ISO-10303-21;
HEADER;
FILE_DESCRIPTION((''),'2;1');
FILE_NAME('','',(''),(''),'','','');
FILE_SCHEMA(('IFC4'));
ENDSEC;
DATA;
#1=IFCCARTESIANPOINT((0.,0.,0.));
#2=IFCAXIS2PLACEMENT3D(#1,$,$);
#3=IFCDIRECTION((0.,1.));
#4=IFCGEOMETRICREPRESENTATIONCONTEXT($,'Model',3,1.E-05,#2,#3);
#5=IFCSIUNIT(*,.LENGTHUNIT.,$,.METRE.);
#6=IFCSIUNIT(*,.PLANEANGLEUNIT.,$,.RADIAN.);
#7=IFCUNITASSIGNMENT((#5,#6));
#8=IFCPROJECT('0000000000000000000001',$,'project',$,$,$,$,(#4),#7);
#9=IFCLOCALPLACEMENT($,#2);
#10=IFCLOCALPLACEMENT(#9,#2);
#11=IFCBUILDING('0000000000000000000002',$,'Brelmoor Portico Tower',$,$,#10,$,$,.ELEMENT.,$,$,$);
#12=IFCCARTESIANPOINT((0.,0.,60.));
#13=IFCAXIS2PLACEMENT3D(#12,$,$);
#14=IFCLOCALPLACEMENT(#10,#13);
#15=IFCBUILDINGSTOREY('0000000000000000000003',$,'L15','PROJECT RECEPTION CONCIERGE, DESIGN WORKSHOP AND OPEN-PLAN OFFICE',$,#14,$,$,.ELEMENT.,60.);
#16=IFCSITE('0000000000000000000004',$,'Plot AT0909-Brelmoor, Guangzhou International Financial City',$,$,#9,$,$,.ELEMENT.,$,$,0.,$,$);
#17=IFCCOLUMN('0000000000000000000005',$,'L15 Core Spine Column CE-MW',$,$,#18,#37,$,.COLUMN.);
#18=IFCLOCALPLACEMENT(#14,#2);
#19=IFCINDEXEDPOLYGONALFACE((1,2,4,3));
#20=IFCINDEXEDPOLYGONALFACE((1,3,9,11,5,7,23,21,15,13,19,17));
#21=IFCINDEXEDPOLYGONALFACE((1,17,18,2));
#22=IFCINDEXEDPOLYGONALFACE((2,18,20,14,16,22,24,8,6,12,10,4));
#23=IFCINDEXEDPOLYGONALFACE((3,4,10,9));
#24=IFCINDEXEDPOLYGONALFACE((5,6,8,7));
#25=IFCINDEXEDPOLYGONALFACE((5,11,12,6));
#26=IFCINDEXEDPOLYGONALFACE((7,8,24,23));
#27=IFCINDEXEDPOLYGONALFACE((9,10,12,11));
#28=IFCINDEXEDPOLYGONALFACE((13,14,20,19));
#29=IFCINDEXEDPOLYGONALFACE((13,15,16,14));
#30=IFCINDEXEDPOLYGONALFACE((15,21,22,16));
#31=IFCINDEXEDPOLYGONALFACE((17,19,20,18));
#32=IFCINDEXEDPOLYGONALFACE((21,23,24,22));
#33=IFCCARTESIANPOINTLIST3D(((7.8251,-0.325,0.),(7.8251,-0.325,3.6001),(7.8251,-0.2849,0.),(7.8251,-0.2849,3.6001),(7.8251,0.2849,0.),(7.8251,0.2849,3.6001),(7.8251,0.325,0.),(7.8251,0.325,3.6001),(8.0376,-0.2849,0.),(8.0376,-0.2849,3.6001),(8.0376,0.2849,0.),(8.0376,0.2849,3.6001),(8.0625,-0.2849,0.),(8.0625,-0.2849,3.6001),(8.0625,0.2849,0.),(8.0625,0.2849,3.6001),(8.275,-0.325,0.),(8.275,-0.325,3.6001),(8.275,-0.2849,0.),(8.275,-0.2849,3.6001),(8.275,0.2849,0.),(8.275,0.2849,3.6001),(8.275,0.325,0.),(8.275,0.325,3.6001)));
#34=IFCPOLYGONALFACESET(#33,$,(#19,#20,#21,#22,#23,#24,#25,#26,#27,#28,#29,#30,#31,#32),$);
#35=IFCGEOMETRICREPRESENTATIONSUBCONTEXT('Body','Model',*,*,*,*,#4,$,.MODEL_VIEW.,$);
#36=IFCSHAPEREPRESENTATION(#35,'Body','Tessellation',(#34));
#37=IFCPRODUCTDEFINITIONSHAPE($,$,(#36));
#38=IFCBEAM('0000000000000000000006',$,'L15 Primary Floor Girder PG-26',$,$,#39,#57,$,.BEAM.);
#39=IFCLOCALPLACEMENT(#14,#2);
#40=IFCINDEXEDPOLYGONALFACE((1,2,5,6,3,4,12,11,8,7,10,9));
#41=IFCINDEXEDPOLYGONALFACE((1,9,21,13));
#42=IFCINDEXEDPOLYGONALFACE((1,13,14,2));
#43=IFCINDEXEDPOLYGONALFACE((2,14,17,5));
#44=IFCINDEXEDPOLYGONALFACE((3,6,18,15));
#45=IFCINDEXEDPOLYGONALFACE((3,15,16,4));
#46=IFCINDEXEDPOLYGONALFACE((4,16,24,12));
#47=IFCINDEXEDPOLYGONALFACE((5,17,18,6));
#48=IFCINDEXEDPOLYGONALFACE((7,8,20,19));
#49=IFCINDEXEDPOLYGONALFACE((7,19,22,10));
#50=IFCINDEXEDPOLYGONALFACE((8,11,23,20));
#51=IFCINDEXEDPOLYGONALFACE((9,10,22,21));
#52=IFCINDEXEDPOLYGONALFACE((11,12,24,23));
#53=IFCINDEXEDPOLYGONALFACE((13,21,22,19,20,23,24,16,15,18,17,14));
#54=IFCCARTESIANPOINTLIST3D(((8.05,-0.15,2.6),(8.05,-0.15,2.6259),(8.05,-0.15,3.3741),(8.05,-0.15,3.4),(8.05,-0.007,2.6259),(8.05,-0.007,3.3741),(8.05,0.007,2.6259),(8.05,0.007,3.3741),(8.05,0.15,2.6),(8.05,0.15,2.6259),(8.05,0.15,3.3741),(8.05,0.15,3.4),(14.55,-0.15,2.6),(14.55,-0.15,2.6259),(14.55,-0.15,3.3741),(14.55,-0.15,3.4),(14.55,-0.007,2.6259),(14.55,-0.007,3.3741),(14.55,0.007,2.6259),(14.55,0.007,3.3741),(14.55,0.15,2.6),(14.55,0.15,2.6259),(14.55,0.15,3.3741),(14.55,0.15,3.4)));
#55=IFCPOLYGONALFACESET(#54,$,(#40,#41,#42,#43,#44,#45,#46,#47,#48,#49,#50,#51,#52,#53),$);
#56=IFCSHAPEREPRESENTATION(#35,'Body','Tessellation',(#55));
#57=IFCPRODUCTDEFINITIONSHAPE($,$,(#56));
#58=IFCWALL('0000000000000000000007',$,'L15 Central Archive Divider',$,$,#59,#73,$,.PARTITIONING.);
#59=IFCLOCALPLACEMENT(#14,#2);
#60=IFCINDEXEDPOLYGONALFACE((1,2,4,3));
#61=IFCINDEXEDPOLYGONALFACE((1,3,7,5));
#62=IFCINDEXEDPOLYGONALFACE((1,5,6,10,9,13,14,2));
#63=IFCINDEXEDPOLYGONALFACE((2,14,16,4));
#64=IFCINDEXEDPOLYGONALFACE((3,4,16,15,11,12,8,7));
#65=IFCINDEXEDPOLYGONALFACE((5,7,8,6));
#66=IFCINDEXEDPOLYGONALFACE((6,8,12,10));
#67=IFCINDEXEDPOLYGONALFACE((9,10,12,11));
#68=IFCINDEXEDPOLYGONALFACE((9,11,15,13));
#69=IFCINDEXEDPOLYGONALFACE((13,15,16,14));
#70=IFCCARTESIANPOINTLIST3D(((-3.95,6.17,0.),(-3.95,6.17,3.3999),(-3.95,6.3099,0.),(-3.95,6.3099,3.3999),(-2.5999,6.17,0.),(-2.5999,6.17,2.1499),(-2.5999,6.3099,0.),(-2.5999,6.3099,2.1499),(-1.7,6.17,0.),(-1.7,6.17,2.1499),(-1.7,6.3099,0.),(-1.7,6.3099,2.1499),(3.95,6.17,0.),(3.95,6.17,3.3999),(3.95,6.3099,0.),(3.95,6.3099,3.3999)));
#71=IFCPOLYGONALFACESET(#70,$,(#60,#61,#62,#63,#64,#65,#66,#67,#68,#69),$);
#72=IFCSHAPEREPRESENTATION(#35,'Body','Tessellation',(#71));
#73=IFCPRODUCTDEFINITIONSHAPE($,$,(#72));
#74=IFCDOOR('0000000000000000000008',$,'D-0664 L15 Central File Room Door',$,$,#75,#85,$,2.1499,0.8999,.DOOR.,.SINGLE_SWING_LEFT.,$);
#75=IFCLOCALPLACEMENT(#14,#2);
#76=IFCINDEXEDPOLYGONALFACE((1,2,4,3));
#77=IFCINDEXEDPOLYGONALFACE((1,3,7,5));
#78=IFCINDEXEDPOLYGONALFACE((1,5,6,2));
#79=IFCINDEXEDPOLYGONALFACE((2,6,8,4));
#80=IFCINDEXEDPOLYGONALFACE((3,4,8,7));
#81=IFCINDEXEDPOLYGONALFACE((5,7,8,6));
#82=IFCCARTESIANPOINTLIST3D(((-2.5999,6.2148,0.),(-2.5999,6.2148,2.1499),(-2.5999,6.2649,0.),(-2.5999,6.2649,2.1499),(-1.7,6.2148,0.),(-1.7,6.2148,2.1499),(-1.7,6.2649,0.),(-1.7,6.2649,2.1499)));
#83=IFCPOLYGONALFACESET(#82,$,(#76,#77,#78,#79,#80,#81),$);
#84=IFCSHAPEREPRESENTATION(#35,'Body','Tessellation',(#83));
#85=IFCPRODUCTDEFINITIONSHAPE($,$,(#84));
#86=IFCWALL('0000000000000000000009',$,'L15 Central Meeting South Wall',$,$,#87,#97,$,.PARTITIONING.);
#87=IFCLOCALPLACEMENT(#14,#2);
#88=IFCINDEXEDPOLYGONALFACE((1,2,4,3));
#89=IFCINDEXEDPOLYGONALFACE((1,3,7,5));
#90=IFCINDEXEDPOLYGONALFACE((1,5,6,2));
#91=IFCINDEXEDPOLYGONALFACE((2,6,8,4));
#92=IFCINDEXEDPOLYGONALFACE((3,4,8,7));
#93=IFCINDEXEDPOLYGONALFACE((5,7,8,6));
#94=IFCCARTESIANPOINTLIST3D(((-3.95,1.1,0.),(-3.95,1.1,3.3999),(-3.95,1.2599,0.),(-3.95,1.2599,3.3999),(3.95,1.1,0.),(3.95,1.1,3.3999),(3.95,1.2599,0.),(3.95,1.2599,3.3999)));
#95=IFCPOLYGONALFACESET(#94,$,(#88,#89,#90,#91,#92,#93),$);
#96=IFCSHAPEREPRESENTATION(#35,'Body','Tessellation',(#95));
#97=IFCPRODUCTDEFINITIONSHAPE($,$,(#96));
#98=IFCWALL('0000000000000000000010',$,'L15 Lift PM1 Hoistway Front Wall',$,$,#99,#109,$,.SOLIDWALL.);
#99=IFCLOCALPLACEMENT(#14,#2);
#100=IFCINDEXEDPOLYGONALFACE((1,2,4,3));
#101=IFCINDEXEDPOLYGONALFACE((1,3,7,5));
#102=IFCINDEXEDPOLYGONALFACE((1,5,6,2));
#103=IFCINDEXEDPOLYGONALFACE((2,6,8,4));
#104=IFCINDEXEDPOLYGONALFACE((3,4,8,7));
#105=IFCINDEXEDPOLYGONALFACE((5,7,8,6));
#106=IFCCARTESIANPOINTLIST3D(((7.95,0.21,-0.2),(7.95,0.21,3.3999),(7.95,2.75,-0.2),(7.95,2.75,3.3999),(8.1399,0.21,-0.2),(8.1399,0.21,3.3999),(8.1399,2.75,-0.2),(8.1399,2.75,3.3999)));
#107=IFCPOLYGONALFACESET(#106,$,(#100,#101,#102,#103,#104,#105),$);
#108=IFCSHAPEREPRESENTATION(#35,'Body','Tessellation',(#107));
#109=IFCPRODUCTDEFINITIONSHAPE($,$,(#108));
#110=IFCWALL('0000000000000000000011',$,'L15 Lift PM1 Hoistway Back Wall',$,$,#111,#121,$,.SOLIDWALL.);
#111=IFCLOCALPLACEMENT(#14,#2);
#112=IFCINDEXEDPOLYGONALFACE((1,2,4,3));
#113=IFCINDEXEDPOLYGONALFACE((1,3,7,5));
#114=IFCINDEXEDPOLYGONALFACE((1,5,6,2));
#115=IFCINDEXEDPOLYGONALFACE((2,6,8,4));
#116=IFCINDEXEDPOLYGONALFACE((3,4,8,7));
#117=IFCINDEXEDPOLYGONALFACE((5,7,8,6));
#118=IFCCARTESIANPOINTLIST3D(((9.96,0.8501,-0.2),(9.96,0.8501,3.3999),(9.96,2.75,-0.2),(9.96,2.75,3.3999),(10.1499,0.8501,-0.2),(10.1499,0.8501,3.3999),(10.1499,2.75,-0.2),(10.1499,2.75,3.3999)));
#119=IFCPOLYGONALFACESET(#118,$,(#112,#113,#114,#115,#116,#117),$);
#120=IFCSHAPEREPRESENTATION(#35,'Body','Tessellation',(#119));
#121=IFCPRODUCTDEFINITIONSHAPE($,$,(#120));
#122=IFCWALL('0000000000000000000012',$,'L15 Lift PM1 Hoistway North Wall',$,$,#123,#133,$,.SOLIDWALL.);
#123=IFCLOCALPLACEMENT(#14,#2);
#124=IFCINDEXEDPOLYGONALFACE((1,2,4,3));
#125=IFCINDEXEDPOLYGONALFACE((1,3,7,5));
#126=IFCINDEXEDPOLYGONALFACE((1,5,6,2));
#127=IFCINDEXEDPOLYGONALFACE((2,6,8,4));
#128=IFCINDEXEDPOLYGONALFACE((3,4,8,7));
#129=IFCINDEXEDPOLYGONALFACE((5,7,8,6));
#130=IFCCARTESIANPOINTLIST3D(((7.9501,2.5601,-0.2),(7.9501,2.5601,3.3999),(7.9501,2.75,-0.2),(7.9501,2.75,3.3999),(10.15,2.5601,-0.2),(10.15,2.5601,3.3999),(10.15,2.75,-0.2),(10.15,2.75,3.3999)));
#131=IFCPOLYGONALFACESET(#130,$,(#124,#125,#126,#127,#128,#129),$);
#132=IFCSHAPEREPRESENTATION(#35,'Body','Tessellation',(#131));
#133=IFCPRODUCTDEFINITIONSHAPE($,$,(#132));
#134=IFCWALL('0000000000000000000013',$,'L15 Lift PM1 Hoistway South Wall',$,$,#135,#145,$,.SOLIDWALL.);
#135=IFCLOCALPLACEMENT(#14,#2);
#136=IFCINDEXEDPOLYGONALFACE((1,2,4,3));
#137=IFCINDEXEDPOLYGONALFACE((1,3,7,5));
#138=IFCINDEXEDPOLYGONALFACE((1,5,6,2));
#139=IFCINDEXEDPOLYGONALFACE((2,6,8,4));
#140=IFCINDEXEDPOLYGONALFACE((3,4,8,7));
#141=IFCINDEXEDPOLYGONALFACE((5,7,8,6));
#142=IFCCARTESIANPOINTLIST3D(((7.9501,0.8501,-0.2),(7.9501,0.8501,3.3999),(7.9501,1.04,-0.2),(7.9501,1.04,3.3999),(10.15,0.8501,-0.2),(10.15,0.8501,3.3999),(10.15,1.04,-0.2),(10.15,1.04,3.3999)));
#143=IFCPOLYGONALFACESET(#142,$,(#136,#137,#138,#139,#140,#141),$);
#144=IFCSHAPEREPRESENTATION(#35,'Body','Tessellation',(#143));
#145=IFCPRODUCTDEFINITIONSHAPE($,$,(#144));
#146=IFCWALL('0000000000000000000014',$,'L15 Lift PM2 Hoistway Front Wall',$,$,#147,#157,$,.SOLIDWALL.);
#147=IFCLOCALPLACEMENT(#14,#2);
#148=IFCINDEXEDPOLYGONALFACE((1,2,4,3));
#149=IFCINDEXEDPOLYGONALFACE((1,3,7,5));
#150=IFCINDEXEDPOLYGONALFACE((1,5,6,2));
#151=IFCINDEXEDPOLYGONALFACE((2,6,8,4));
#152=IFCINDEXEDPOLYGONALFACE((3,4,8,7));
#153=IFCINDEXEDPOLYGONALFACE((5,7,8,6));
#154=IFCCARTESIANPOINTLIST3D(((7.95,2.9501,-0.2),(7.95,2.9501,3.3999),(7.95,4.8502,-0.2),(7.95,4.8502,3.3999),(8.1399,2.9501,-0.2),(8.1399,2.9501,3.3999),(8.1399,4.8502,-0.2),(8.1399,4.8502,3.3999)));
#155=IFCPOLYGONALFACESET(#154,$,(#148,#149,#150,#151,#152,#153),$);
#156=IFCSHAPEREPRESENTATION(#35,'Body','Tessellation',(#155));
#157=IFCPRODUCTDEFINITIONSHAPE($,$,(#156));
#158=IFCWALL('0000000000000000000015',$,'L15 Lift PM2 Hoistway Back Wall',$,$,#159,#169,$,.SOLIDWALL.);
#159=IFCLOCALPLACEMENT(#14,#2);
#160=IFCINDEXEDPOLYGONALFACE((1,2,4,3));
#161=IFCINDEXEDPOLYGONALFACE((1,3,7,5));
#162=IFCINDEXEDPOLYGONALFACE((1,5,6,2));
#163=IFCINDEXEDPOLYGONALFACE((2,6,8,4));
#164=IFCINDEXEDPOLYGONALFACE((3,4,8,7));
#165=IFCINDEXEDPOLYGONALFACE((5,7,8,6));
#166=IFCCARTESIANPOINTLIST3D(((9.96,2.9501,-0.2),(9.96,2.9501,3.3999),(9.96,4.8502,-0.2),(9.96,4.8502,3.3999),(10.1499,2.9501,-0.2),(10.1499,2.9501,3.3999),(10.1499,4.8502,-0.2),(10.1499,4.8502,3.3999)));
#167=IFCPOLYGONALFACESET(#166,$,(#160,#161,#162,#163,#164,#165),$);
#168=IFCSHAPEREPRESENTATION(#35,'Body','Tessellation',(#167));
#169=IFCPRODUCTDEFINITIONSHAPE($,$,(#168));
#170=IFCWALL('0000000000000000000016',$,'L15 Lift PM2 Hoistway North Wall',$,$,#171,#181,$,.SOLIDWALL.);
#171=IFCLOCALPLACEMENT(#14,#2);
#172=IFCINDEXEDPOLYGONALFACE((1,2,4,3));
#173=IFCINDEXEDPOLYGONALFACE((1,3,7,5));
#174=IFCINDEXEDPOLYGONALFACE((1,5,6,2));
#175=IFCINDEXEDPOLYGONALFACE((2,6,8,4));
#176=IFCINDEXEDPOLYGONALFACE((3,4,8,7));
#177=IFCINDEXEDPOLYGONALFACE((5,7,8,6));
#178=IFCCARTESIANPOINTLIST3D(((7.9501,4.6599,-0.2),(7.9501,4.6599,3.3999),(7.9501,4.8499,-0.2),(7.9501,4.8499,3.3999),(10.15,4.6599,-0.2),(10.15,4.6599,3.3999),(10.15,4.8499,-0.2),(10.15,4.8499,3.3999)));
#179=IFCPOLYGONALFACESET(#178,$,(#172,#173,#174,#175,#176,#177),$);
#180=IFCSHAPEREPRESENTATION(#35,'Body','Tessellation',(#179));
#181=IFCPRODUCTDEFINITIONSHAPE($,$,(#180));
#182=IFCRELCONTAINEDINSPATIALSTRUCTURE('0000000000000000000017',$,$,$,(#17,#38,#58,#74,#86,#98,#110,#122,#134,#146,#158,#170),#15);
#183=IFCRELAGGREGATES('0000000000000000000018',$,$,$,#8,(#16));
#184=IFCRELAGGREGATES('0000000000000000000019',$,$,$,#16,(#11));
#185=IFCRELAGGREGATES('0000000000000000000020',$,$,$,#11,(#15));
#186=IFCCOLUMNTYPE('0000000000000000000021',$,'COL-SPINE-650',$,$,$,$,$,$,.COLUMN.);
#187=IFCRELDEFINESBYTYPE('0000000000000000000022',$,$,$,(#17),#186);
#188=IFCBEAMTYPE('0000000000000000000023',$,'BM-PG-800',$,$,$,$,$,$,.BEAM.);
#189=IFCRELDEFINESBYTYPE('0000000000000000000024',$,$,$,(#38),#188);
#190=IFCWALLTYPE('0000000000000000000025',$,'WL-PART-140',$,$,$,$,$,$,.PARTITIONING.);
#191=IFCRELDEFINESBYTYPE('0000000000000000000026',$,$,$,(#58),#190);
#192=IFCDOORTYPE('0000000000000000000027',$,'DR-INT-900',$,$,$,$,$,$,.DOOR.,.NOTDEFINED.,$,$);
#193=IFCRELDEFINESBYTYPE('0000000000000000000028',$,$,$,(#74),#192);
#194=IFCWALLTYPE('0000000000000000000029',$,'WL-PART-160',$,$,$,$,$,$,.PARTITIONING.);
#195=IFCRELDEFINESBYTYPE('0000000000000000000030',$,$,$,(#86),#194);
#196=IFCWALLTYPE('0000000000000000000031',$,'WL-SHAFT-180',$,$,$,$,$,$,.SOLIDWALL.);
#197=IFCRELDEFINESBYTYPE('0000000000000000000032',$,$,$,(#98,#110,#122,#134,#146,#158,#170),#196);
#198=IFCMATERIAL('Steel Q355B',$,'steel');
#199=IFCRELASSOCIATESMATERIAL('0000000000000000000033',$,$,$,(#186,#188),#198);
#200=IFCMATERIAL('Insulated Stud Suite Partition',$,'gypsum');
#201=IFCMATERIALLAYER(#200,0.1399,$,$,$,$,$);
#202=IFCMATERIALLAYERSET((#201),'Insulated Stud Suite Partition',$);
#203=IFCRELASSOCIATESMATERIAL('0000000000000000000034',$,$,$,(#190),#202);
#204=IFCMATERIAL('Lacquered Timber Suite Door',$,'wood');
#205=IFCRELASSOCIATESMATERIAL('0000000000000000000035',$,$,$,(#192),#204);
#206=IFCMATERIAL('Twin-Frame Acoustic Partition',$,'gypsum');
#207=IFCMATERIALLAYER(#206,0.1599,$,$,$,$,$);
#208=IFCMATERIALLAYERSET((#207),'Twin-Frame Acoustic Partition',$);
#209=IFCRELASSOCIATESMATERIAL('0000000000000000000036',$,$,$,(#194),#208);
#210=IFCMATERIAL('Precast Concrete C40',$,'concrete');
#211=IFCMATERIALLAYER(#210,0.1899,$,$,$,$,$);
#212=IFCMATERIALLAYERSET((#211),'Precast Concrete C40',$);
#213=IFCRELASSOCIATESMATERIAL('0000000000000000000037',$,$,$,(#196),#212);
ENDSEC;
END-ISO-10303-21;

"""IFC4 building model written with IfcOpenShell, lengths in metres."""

from ifc_helpers import new_model, si_unit, direction, frame, frame_2d, origin, origin_2d, place, context, subcontext, project, spatial, rectangle, i_section, extrude, material, layer, layer_set, material_profile, profile_set, type_object, element, fill, save


model = new_model("IFC4")

# Units and contexts
model_context = context("Model", 3, precision=1e-05, world=origin(), true_north=direction((0.0, 1.0)))
body_context = subcontext(model_context, "Body", "Model", "MODEL_VIEW")
ifc_project = project(units=[si_unit("LENGTHUNIT", "METRE"), si_unit("PLANEANGLEUNIT", "RADIAN")], contexts=[model_context])

# Site, building, storey
site_placement = place(None, origin())
site = spatial("IfcSite", under=ifc_project, at=site_placement, Name="Plot AT0909-Brelmoor, Guangzhou International Financial City", CompositionType="ELEMENT", RefElevation=0.0)
building_placement = place(site_placement, origin())
building = spatial("IfcBuilding", under=site, at=building_placement, Name="Brelmoor Portico Tower", CompositionType="ELEMENT")
storey_placement = place(building_placement, frame((0.0, 0.0, 60.0)))
storey = spatial("IfcBuildingStorey", under=building, at=storey_placement, Name="L15", Description="PROJECT RECEPTION CONCIERGE, DESIGN WORKSHOP AND OPEN-PLAN OFFICE", CompositionType="ELEMENT", Elevation=60.0)

# Column
ifc_material_1 = material(Name="Steel Q355B", Category="steel")
ifc_material_profile_1 = material_profile(ifc_material_1, i_section(OverallWidth=0.45, OverallDepth=0.6499, WebThickness=0.0249, FlangeThickness=0.04, at=origin_2d()), Name="HW 650x450x25x40")
ifc_profile_set_1 = profile_set([ifc_material_profile_1], Name="Steel Q355B")
column_type = type_object("IfcColumnType", Name="COL-SPINE-650", PredefinedType="COLUMN", material=ifc_profile_set_1)
column_placement = place(storey_placement, frame((8.05, 0.0, 0.0), z_axis=(0.0, 0.0, 1.0), x_axis=(1.0, 0.0, 0.0)))
element("IfcColumn", 1, at=column_placement, inside=storey, type_object=column_type, Name="L15 Core Spine Column CE-MW", PredefinedType="COLUMN", context=body_context, shape_type="SweptSolid", body=[
    extrude(i_section(OverallWidth=0.45, OverallDepth=0.6499, WebThickness=0.0249, FlangeThickness=0.04, at=origin_2d()), origin(), (0.0, 0.0, 1.0), 3.6001),
])

# Beam
ifc_material_profile_2 = material_profile(ifc_material_1, i_section(OverallWidth=0.3, OverallDepth=0.8, WebThickness=0.0139, FlangeThickness=0.0259, at=origin_2d()), Name="HN 800x300x14x26")
ifc_profile_set_2 = profile_set([ifc_material_profile_2], Name="Steel Q355B")
beam_type = type_object("IfcBeamType", Name="BM-PG-800", PredefinedType="BEAM", material=ifc_profile_set_2)
beam_placement = place(storey_placement, frame((8.05, 0.0, 3.0), z_axis=(1.0, 0.0, 0.0), x_axis=(0.0, 1.0, 0.0)))
element("IfcBeam", 2, at=beam_placement, inside=storey, type_object=beam_type, Name="L15 Primary Floor Girder PG-26", PredefinedType="BEAM", context=body_context, shape_type="SweptSolid", body=[
    extrude(i_section(OverallWidth=0.3, OverallDepth=0.8, WebThickness=0.0139, FlangeThickness=0.0259, at=origin_2d()), origin(), (0.0, 0.0, 1.0), 6.5),
])

# Wall, opening, door
ifc_material_2 = material(Name="Insulated Stud Suite Partition", Category="gypsum")
ifc_layer_1 = layer(ifc_material_2, 0.1399)
ifc_layer_set_1 = layer_set([ifc_layer_1], Name="Insulated Stud Suite Partition")
wall_type_1 = type_object("IfcWallType", Name="WL-PART-140", PredefinedType="PARTITIONING", material=ifc_layer_set_1)
wall_1_placement = place(storey_placement, frame((-3.95, 6.24, 0.0), z_axis=(0.0, 0.0, 1.0), x_axis=(1.0, 0.0, 0.0)))
wall_1 = element("IfcWall", 3, at=wall_1_placement, inside=storey, type_object=wall_type_1, Name="L15 Central Archive Divider", PredefinedType="PARTITIONING", context=body_context, shape_type="SweptSolid", body=[
    extrude(rectangle(XDim=7.8999, YDim=0.1399, at=frame_2d((3.95, 0.0))), origin(), (0.0, 0.0, 1.0), 3.3999),
])
opening_1_placement = place(wall_1_placement, frame((1.3501, 0.0, 0.0)))
opening_1 = element("IfcOpeningElement", 4, at=opening_1_placement, cuts=wall_1, PredefinedType="OPENING", context=body_context, shape_type="SweptSolid", body=[
    extrude(rectangle(XDim=0.8999, YDim=2.1499, at=frame_2d((0.45, 1.075))), frame((0.0, 0.0798, 0.0), z_axis=(0.0, -1.0, 0.0), x_axis=(1.0, 0.0, 0.0)), (0.0, 0.0, 1.0), 0.1599),
])
ifc_material_3 = material(Name="Lacquered Timber Suite Door", Category="wood")
door_type_1 = type_object("IfcDoorType", Name="DR-INT-900", OperationType="NOTDEFINED", PredefinedType="DOOR", material=ifc_material_3)
door_1_placement = place(opening_1_placement, origin())
door_1 = element("IfcDoor", 5, at=door_1_placement, inside=storey, type_object=door_type_1, Name="D-0664 L15 Central File Room Door", OperationType="SINGLE_SWING_LEFT", OverallHeight=2.1499, OverallWidth=0.8999, PredefinedType="DOOR", context=body_context, shape_type="SweptSolid", body=[
    extrude(rectangle(XDim=0.8999, YDim=2.1499, at=frame_2d((0.45, 1.075))), frame((0.0, 0.0249, 0.0), z_axis=(0.0, -1.0, 0.0), x_axis=(1.0, 0.0, 0.0)), (0.0, 0.0, 1.0), 0.05),
])
fill(opening_1, door_1)

# Walls
ifc_material_4 = material(Name="Twin-Frame Acoustic Partition", Category="gypsum")
ifc_layer_2 = layer(ifc_material_4, 0.1599)
ifc_layer_set_2 = layer_set([ifc_layer_2], Name="Twin-Frame Acoustic Partition")
wall_type_2 = type_object("IfcWallType", Name="WL-PART-160", PredefinedType="PARTITIONING", material=ifc_layer_set_2)
wall_2_placement = place(storey_placement, frame((-3.95, 1.1799, 0.0), z_axis=(0.0, 0.0, 1.0), x_axis=(1.0, 0.0, 0.0)))
element("IfcWall", 6, at=wall_2_placement, inside=storey, type_object=wall_type_2, Name="L15 Central Meeting South Wall", PredefinedType="PARTITIONING", context=body_context, shape_type="SweptSolid", body=[
    extrude(rectangle(XDim=7.8999, YDim=0.1599, at=frame_2d((3.95, 0.0))), origin(), (0.0, 0.0, 1.0), 3.3999),
])
ifc_material_5 = material(Name="Precast Concrete C40", Category="concrete")
ifc_layer_3 = layer(ifc_material_5, 0.1899)
ifc_layer_set_3 = layer_set([ifc_layer_3], Name="Precast Concrete C40")
wall_type_3 = type_object("IfcWallType", Name="WL-SHAFT-180", PredefinedType="SOLIDWALL", material=ifc_layer_set_3)
wall_3_placement = place(storey_placement, frame((8.0449, 0.21, -0.2), z_axis=(0.0, 0.0, 1.0), x_axis=(0.0, 1.0, 0.0)))
element("IfcWall", 7, at=wall_3_placement, inside=storey, type_object=wall_type_3, Name="L15 Lift PM1 Hoistway Front Wall", PredefinedType="SOLIDWALL", context=body_context, shape_type="SweptSolid", body=[
    extrude(rectangle(XDim=2.54, YDim=0.1899, at=frame_2d((1.27, 0.0))), origin(), (0.0, 0.0, 1.0), 3.5999),
])
wall_4_placement = place(storey_placement, frame((10.0549, 0.8501, -0.2), z_axis=(0.0, 0.0, 1.0), x_axis=(0.0, 1.0, 0.0)))
element("IfcWall", 8, at=wall_4_placement, inside=storey, type_object=wall_type_3, Name="L15 Lift PM1 Hoistway Back Wall", PredefinedType="SOLIDWALL", context=body_context, shape_type="SweptSolid", body=[
    extrude(rectangle(XDim=1.8999, YDim=0.1899, at=frame_2d((0.95, 0.0))), origin(), (0.0, 0.0, 1.0), 3.5999),
])
for number, where, z_axis, x_axis, name in (
    (9, (7.95, 2.655, -0.2), (0.0, 0.0, 1.0), (1.0, 0.0, 0.0), "L15 Lift PM1 Hoistway North Wall"),
    (10, (7.95, 0.9451, -0.2), (0.0, 0.0, 1.0), (1.0, 0.0, 0.0), "L15 Lift PM1 Hoistway South Wall"),
):
    element("IfcWall", number, at=place(storey_placement, frame(where, z_axis=z_axis, x_axis=x_axis)), inside=storey, type_object=wall_type_3, Name=name, PredefinedType="SOLIDWALL", context=body_context, shape_type="SweptSolid", body=[
        extrude(rectangle(XDim=2.2, YDim=0.1899, at=frame_2d((1.1001, 0.0))), origin(), (0.0, 0.0, 1.0), 3.5999),
    ])
for number, where, z_axis, x_axis, name in (
    (11, (8.0449, 2.95, -0.2), (0.0, 0.0, 1.0), (0.0, 1.0, 0.0), "L15 Lift PM2 Hoistway Front Wall"),
    (12, (10.0549, 2.95, -0.2), (0.0, 0.0, 1.0), (0.0, 1.0, 0.0), "L15 Lift PM2 Hoistway Back Wall"),
):
    element("IfcWall", number, at=place(storey_placement, frame(where, z_axis=z_axis, x_axis=x_axis)), inside=storey, type_object=wall_type_3, Name=name, PredefinedType="SOLIDWALL", context=body_context, shape_type="SweptSolid", body=[
        extrude(rectangle(XDim=1.9001, YDim=0.1899, at=frame_2d((0.9502, 0.0))), origin(), (0.0, 0.0, 1.0), 3.5999),
    ])
for number, where, z_axis, x_axis, name in (
    (13, (7.95, 4.7549, -0.2), (0.0, 0.0, 1.0), (1.0, 0.0, 0.0), "L15 Lift PM2 Hoistway North Wall"),
):
    element("IfcWall", number, at=place(storey_placement, frame(where, z_axis=z_axis, x_axis=x_axis)), inside=storey, type_object=wall_type_3, Name=name, PredefinedType="SOLIDWALL", context=body_context, shape_type="SweptSolid", body=[
        extrude(rectangle(XDim=2.2, YDim=0.1899, at=frame_2d((1.1001, 0.0))), origin(), (0.0, 0.0, 1.0), 3.5999),
    ])

save(model, "model.ifc")
